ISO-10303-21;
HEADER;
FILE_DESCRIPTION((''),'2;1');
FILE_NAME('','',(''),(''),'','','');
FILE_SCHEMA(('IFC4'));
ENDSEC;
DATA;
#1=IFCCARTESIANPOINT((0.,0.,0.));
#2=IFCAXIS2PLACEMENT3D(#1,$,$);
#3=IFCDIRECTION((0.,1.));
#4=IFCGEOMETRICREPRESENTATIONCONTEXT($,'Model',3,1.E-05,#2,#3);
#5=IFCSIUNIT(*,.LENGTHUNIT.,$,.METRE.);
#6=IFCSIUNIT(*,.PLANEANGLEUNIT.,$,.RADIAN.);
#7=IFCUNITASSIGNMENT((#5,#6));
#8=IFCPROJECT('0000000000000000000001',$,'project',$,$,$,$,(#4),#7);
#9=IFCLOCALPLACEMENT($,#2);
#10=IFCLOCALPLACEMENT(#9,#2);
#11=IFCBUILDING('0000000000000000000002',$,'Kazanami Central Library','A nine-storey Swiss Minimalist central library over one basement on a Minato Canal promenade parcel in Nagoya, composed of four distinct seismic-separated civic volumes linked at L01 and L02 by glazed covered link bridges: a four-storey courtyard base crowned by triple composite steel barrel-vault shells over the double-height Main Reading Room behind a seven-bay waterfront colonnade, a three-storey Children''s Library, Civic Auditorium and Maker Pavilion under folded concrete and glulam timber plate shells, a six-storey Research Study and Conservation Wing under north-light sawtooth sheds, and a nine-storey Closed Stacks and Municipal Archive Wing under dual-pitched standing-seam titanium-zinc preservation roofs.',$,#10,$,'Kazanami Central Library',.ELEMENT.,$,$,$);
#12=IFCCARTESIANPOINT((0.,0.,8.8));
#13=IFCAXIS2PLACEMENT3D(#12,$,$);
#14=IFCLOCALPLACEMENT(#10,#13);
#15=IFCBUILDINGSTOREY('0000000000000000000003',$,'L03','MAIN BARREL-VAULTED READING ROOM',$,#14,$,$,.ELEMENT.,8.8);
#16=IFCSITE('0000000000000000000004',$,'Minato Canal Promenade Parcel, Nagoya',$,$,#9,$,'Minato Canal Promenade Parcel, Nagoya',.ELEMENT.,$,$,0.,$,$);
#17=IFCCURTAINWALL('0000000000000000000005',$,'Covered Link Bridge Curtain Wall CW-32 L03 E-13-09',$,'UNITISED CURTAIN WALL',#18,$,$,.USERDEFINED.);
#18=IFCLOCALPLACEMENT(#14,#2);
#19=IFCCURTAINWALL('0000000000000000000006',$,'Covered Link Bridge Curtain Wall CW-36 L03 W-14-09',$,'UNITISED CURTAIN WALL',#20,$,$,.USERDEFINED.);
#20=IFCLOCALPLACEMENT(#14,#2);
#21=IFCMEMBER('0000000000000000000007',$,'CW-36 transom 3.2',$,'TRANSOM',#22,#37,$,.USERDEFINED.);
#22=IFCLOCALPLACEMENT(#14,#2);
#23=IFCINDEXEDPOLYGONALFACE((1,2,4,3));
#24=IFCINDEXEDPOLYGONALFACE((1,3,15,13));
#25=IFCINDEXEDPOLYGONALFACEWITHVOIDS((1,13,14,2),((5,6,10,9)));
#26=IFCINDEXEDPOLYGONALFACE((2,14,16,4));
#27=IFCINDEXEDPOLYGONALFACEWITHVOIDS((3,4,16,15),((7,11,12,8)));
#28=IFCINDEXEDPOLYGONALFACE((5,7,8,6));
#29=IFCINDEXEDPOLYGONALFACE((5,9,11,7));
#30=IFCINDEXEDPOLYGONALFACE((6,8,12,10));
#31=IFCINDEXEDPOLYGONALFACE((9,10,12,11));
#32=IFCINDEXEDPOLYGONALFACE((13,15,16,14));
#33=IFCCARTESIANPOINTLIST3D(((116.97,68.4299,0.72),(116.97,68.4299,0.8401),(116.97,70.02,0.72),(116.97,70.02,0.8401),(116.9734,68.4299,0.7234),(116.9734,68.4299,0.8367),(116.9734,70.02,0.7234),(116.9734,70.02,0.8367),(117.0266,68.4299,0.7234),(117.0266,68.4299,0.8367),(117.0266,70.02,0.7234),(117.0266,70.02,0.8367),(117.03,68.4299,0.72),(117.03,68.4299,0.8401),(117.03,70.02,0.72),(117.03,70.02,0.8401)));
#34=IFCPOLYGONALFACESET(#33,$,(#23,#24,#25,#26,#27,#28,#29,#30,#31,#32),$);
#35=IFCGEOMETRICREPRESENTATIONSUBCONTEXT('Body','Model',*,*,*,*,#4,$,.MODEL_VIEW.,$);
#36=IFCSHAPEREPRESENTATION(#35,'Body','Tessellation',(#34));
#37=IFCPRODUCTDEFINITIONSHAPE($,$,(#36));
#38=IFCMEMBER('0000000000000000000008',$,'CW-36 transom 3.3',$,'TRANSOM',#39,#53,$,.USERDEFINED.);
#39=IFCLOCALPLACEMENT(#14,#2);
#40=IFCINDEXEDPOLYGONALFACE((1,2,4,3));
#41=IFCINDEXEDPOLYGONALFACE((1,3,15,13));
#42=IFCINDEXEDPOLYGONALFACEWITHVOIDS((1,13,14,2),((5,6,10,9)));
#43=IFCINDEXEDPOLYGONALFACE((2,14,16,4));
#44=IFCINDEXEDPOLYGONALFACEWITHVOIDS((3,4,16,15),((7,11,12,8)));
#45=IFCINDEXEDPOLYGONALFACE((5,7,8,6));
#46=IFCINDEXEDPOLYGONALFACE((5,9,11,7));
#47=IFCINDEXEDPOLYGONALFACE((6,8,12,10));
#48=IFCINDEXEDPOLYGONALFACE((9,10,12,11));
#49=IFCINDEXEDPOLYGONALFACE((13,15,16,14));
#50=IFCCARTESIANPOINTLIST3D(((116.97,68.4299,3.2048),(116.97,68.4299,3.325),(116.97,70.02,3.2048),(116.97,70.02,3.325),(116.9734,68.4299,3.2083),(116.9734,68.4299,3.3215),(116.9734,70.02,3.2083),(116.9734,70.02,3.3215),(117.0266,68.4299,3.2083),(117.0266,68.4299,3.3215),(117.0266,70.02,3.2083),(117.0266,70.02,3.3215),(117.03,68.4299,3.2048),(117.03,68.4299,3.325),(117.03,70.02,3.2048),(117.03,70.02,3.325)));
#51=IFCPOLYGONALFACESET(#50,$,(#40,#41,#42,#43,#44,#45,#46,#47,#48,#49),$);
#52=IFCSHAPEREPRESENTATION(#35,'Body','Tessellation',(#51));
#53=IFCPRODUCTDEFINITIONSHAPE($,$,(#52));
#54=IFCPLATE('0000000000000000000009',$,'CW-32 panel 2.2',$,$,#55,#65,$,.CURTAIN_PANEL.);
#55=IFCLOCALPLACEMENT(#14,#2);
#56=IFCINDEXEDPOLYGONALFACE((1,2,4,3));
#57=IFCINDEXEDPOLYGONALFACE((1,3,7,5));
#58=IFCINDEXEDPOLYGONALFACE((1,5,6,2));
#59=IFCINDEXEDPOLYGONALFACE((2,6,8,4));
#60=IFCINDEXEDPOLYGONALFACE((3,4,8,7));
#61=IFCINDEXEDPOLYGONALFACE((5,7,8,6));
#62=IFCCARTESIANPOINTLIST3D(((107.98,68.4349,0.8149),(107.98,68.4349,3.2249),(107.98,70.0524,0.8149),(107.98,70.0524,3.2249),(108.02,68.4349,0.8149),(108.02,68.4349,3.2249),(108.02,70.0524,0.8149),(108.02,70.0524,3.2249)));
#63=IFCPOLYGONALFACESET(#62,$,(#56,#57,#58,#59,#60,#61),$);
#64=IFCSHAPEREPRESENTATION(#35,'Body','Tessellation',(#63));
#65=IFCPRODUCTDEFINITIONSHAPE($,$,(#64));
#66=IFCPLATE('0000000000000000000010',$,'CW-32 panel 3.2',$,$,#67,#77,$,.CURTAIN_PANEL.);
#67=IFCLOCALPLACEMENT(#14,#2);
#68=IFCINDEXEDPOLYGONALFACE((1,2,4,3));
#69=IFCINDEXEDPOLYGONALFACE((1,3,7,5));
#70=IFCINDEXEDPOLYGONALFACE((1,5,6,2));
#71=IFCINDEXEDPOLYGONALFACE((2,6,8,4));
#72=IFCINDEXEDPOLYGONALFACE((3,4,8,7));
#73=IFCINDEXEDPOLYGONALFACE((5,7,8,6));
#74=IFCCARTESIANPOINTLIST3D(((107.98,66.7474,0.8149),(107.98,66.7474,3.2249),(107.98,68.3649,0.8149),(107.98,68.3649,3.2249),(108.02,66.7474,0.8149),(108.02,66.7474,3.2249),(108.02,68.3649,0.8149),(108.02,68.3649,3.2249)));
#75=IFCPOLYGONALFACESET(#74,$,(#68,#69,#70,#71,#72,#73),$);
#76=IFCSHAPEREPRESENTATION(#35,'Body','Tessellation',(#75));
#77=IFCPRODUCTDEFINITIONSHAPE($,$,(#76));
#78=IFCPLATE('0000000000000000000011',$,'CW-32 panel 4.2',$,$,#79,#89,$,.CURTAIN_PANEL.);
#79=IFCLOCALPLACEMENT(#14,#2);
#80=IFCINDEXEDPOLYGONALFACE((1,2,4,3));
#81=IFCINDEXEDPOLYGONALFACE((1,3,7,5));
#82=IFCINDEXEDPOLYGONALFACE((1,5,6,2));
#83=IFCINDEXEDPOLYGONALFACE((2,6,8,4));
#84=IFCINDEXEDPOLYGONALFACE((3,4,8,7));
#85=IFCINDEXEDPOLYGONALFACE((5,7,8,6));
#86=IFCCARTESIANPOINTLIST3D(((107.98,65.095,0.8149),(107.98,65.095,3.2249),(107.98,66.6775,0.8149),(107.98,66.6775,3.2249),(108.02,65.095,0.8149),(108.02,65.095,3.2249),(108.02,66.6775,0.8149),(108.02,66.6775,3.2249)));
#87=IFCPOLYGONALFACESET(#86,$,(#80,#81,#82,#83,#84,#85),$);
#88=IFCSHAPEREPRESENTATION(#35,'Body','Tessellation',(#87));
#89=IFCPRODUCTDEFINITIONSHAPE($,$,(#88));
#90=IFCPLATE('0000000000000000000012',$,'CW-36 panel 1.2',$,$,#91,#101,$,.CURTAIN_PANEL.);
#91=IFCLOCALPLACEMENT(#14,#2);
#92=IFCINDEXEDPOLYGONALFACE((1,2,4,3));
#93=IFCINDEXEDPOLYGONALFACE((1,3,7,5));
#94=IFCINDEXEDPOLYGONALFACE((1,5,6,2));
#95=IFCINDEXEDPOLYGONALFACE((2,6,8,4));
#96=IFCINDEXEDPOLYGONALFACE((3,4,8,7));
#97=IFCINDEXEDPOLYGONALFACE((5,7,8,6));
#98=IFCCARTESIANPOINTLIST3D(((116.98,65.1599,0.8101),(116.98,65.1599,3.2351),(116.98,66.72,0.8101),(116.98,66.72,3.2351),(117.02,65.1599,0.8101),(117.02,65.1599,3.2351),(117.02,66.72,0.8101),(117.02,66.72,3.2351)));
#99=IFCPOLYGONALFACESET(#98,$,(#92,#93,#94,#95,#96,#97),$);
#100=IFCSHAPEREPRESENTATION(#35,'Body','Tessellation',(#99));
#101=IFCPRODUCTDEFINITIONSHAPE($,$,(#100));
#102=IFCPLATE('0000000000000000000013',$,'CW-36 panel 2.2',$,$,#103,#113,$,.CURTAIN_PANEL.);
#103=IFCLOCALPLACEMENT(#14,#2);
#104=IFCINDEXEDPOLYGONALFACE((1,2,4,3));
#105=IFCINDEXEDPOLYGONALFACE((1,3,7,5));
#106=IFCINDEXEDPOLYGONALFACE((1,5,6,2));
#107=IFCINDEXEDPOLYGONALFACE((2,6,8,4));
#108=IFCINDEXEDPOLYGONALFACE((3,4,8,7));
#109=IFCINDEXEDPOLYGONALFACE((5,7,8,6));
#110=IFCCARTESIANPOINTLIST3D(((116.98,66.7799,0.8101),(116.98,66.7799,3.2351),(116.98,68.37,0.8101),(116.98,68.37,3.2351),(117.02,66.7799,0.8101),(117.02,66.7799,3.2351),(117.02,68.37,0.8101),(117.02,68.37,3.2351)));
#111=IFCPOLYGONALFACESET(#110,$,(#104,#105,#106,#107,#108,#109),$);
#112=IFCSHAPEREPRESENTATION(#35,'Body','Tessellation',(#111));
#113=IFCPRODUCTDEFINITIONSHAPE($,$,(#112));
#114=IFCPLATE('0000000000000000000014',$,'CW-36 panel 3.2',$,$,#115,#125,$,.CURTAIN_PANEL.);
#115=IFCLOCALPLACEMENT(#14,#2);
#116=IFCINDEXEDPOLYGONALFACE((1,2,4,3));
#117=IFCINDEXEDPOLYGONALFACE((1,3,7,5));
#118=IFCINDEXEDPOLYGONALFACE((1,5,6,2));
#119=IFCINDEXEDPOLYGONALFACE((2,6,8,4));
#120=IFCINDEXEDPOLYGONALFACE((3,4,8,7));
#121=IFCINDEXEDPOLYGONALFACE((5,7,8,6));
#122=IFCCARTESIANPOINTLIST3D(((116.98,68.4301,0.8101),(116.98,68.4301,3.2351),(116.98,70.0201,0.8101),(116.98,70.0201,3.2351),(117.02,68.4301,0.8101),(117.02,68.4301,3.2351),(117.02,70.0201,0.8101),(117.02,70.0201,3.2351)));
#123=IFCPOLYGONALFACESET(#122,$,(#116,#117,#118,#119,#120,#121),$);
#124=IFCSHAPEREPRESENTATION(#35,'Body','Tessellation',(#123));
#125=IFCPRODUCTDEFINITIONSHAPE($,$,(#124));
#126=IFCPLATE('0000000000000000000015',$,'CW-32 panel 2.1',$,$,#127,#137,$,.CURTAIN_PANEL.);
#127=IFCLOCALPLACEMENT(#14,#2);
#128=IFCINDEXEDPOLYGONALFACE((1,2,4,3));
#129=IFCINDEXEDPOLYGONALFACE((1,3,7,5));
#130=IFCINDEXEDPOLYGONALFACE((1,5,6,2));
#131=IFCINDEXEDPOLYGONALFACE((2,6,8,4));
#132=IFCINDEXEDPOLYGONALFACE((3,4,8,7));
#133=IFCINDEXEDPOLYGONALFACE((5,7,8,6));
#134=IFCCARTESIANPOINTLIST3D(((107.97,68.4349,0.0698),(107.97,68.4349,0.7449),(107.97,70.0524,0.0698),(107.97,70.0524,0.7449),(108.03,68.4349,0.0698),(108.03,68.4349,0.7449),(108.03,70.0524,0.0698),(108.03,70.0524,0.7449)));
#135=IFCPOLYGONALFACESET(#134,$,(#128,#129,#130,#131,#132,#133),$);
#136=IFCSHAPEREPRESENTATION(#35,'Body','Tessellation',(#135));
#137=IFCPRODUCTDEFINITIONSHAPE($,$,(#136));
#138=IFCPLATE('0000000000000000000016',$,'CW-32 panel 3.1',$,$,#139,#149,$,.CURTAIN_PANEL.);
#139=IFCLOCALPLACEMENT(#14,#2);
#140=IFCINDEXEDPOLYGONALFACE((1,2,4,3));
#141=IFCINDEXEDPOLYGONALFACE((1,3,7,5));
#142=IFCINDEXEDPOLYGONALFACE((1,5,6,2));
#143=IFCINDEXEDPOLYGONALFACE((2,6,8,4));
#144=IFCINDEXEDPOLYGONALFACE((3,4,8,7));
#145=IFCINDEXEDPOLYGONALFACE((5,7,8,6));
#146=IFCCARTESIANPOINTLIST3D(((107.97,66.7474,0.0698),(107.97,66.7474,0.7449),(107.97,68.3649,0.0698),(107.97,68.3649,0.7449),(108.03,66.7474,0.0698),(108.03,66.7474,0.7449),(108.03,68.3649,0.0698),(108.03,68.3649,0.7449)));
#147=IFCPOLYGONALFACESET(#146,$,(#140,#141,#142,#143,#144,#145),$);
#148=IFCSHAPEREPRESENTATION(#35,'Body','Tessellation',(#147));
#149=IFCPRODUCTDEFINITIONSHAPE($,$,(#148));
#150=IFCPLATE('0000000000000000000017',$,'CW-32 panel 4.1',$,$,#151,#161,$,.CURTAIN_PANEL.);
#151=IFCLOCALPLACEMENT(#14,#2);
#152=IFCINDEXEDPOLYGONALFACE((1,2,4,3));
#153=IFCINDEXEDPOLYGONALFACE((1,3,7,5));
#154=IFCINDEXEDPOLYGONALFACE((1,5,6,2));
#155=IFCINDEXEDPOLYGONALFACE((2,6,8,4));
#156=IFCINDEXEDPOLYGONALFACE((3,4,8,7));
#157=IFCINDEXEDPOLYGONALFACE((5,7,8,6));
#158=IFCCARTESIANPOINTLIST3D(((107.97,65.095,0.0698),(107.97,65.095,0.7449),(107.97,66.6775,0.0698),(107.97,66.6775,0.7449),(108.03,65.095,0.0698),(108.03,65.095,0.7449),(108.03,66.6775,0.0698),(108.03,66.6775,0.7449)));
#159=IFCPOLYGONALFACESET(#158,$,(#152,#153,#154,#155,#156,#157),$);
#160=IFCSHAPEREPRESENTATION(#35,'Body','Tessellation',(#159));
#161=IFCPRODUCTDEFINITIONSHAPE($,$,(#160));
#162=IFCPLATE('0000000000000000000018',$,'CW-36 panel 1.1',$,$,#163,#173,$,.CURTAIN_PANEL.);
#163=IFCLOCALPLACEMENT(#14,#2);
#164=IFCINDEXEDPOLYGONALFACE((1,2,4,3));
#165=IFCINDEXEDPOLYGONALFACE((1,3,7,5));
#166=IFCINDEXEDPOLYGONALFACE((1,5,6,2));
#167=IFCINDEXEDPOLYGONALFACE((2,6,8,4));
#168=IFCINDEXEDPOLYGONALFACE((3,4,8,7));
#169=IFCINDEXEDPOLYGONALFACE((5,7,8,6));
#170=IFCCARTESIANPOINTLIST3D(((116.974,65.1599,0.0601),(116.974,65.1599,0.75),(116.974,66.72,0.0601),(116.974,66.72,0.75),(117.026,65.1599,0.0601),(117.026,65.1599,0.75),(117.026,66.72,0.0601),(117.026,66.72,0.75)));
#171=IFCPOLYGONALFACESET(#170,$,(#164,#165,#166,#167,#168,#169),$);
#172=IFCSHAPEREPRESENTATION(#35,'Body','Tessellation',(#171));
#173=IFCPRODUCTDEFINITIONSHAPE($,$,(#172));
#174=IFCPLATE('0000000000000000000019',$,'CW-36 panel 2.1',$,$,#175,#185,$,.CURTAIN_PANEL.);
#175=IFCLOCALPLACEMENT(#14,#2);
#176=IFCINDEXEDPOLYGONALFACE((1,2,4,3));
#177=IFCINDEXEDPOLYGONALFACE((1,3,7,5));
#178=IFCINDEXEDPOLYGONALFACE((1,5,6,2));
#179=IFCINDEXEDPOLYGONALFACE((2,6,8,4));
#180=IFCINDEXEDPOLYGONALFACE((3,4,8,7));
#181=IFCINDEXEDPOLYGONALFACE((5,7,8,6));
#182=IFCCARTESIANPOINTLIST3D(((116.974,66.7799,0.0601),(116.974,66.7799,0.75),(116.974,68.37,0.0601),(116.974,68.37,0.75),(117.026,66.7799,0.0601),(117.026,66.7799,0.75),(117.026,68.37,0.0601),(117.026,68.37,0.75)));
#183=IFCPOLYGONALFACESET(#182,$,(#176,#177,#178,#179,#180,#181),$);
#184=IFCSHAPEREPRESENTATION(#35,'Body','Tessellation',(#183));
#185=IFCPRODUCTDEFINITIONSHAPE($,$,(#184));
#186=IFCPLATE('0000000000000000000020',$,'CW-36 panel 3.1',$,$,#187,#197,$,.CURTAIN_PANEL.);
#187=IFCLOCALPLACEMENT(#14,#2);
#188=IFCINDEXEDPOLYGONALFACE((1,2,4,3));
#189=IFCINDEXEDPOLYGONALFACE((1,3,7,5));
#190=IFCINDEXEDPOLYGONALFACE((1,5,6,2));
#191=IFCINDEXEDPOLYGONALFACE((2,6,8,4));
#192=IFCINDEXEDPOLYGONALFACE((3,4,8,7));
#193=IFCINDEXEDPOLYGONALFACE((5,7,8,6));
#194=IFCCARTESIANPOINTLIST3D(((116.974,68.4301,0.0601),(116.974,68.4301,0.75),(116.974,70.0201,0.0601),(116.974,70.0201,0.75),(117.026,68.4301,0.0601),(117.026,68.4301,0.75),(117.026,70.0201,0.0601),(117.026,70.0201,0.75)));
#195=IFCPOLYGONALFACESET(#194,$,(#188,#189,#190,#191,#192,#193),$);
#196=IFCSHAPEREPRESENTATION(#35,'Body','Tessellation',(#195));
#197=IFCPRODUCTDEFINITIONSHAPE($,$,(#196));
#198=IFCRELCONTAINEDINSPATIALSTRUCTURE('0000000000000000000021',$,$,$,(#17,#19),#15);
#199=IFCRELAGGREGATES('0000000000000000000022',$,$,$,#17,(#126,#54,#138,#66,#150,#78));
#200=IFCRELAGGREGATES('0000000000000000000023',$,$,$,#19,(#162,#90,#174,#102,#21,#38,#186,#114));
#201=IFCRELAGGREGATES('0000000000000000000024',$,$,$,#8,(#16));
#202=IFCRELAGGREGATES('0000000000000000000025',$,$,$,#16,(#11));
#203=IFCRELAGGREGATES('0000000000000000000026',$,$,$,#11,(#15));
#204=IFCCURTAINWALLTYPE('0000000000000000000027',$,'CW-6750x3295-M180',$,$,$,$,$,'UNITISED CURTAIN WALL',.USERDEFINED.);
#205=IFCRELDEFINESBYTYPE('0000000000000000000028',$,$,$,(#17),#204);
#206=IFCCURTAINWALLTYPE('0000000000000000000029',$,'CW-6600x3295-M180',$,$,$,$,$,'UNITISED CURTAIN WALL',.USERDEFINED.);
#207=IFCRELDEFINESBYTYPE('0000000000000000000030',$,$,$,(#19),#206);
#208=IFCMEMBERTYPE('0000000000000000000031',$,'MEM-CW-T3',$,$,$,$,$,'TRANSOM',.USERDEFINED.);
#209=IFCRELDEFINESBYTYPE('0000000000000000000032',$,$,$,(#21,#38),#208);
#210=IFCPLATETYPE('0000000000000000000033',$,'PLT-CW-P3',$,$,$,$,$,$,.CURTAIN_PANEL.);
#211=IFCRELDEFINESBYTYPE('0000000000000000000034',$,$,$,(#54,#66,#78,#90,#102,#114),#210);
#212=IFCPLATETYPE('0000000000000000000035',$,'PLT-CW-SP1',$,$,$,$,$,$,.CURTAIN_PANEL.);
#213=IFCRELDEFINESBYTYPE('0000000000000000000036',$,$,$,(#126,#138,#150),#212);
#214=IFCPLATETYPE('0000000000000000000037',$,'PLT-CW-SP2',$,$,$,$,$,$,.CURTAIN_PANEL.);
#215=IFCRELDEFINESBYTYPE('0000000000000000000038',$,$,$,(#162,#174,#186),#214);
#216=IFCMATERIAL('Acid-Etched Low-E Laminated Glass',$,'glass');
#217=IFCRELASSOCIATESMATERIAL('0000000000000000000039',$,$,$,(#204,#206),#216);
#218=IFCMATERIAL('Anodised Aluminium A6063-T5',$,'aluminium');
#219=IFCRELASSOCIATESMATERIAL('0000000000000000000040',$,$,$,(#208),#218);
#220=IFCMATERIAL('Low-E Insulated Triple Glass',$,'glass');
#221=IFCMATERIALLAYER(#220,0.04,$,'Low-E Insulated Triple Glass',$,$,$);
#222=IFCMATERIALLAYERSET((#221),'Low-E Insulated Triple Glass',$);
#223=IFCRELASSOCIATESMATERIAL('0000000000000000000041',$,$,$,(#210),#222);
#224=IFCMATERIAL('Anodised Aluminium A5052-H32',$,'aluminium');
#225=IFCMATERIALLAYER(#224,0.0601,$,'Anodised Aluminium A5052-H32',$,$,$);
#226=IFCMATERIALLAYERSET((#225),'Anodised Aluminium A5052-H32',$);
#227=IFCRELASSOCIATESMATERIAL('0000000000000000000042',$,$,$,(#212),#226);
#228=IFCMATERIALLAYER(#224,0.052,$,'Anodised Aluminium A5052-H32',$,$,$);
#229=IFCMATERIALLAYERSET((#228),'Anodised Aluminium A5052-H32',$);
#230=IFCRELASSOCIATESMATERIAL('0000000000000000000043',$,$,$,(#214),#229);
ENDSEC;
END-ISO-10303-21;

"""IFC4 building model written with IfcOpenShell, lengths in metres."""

from ifc_helpers import new_model, si_unit, direction, frame, origin, origin_2d, place, context, subcontext, project, spatial, rectangle, hollow_rectangle, extrude, material, layer, layer_set, material_profile, profile_set, type_object, element, aggregate, save


model = new_model("IFC4")

# Units and contexts
model_context = context("Model", 3, precision=1e-05, world=origin(), true_north=direction((0.0, 1.0)))
body_context = subcontext(model_context, "Body", "Model", "MODEL_VIEW")
ifc_project = project(units=[si_unit("LENGTHUNIT", "METRE"), si_unit("PLANEANGLEUNIT", "RADIAN")], contexts=[model_context])

# Site, building, storey
site_placement = place(None, origin())
site = spatial("IfcSite", under=ifc_project, at=site_placement, Name="Minato Canal Promenade Parcel, Nagoya", LongName="Minato Canal Promenade Parcel, Nagoya", CompositionType="ELEMENT", RefElevation=0.0)
building_placement = place(site_placement, origin())
building = spatial("IfcBuilding", under=site, at=building_placement, Name="Kazanami Central Library", Description="A nine-storey Swiss Minimalist central library over one basement on a Minato Canal promenade parcel in Nagoya, composed of four distinct seismic-separated civic volumes linked at L01 and L02 by glazed covered link bridges: a four-storey courtyard base crowned by triple composite steel barrel-vault shells over the double-height Main Reading Room behind a seven-bay waterfront colonnade, a three-storey Children's Library, Civic Auditorium and Maker Pavilion under folded concrete and glulam timber plate shells, a six-storey Research Study and Conservation Wing under north-light sawtooth sheds, and a nine-storey Closed Stacks and Municipal Archive Wing under dual-pitched standing-seam titanium-zinc preservation roofs.", LongName="Kazanami Central Library", CompositionType="ELEMENT")
storey_placement = place(building_placement, frame((0.0, 0.0, 8.8)))
storey = spatial("IfcBuildingStorey", under=building, at=storey_placement, Name="L03", Description="MAIN BARREL-VAULTED READING ROOM", CompositionType="ELEMENT", Elevation=8.8)

# Curtain walls
ifc_material_1 = material(Name="Acid-Etched Low-E Laminated Glass", Category="glass")
curtain_wall_type_1 = type_object("IfcCurtainWallType", Name="CW-6750x3295-M180", ElementType="UNITISED CURTAIN WALL", PredefinedType="USERDEFINED", material=ifc_material_1)
curtain_wall_1_placement = place(storey_placement, origin())
curtain_wall_1 = element("IfcCurtainWall", 1, at=curtain_wall_1_placement, inside=storey, type_object=curtain_wall_type_1, Name="Covered Link Bridge Curtain Wall CW-32 L03 E-13-09", ObjectType="UNITISED CURTAIN WALL", PredefinedType="USERDEFINED")
ifc_material_2 = material(Name="Anodised Aluminium A6063-T5", Category="aluminium")
curtain_wall_type_2 = type_object("IfcCurtainWallType", Name="CW-6600x3295-M180", ElementType="UNITISED CURTAIN WALL", PredefinedType="USERDEFINED", material=ifc_material_1)
curtain_wall_2_placement = place(storey_placement, origin())
curtain_wall_2 = element("IfcCurtainWall", 2, at=curtain_wall_2_placement, inside=storey, type_object=curtain_wall_type_2, Name="Covered Link Bridge Curtain Wall CW-36 L03 W-14-09", ObjectType="UNITISED CURTAIN WALL", PredefinedType="USERDEFINED")

# Members
ifc_material_profile_1 = material_profile(ifc_material_2, hollow_rectangle(XDim=0.0601, YDim=0.1201, WallThickness=0.0034, at=origin_2d()), Name="ALU-TRAN-60x120x3.5")
ifc_profile_set_1 = profile_set([ifc_material_profile_1], Name="Anodised Aluminium A6063-T5")
member_type_1 = type_object("IfcMemberType", Name="MEM-CW-T3", ElementType="TRANSOM", PredefinedType="USERDEFINED", material=ifc_profile_set_1)
member_1_placement = place(storey_placement, frame((117.0, 68.4299, 0.78), z_axis=(0.0, 1.0, 0.0), x_axis=(-1.0, 0.0, 0.0)))
member_1 = element("IfcMember", 3, at=member_1_placement, type_object=member_type_1, Name="CW-36 transom 3.2", ObjectType="TRANSOM", PredefinedType="USERDEFINED", context=body_context, shape_type="SweptSolid", body=[
    extrude(hollow_rectangle(XDim=0.0601, YDim=0.1201, WallThickness=0.0034, at=origin_2d()), origin(), (0.0, 0.0, 1.0), 1.5901),
])
member_2_placement = place(storey_placement, frame((117.0, 68.4299, 3.2649), z_axis=(0.0, 1.0, 0.0), x_axis=(-1.0, 0.0, 0.0)))
member_2 = element("IfcMember", 4, at=member_2_placement, type_object=member_type_1, Name="CW-36 transom 3.3", ObjectType="TRANSOM", PredefinedType="USERDEFINED", context=body_context, shape_type="SweptSolid", body=[
    extrude(hollow_rectangle(XDim=0.0601, YDim=0.1201, WallThickness=0.0034, at=origin_2d()), origin(), (0.0, 0.0, 1.0), 1.5901),
])

# Plates
ifc_material_3 = material(Name="Low-E Insulated Triple Glass", Category="glass")
ifc_layer_1 = layer(ifc_material_3, 0.04, Name="Low-E Insulated Triple Glass")
ifc_layer_set_1 = layer_set([ifc_layer_1], Name="Low-E Insulated Triple Glass")
plate_type_1 = type_object("IfcPlateType", Name="PLT-CW-P3", PredefinedType="CURTAIN_PANEL", material=ifc_layer_set_1)
plate_1_placement = place(storey_placement, frame((108.0, 69.2437, 0.8149), z_axis=(0.0, 0.0, 1.0), x_axis=(0.0, -1.0, 0.0)))
plate_1 = element("IfcPlate", 5, at=plate_1_placement, type_object=plate_type_1, Name="CW-32 panel 2.2", PredefinedType="CURTAIN_PANEL", context=body_context, shape_type="SweptSolid", body=[
    extrude(rectangle(XDim=1.6174, YDim=0.04, at=origin_2d()), origin(), (0.0, 0.0, 1.0), 2.4099),
])
plate_2_placement = place(storey_placement, frame((108.0, 67.5562, 0.8149), z_axis=(0.0, 0.0, 1.0), x_axis=(0.0, -1.0, 0.0)))
plate_2 = element("IfcPlate", 6, at=plate_2_placement, type_object=plate_type_1, Name="CW-32 panel 3.2", PredefinedType="CURTAIN_PANEL", context=body_context, shape_type="SweptSolid", body=[
    extrude(rectangle(XDim=1.6174, YDim=0.04, at=origin_2d()), origin(), (0.0, 0.0, 1.0), 2.4099),
])
plate_3_placement = place(storey_placement, frame((108.0, 65.8862, 0.8149), z_axis=(0.0, 0.0, 1.0), x_axis=(0.0, -1.0, 0.0)))
plate_3 = element("IfcPlate", 7, at=plate_3_placement, type_object=plate_type_1, Name="CW-32 panel 4.2", PredefinedType="CURTAIN_PANEL", context=body_context, shape_type="SweptSolid", body=[
    extrude(rectangle(XDim=1.5825, YDim=0.04, at=origin_2d()), origin(), (0.0, 0.0, 1.0), 2.4099),
])
plate_4_placement = place(storey_placement, frame((117.0, 65.9399, 0.8101), z_axis=(0.0, 0.0, 1.0), x_axis=(0.0, 1.0, 0.0)))
plate_4 = element("IfcPlate", 8, at=plate_4_placement, type_object=plate_type_1, Name="CW-36 panel 1.2", PredefinedType="CURTAIN_PANEL", context=body_context, shape_type="SweptSolid", body=[
    extrude(rectangle(XDim=1.5601, YDim=0.04, at=origin_2d()), origin(), (0.0, 0.0, 1.0), 2.425),
])
plate_5_placement = place(storey_placement, frame((117.0, 67.575, 0.8101), z_axis=(0.0, 0.0, 1.0), x_axis=(0.0, 1.0, 0.0)))
plate_5 = element("IfcPlate", 9, at=plate_5_placement, type_object=plate_type_1, Name="CW-36 panel 2.2", PredefinedType="CURTAIN_PANEL", context=body_context, shape_type="SweptSolid", body=[
    extrude(rectangle(XDim=1.5901, YDim=0.04, at=origin_2d()), origin(), (0.0, 0.0, 1.0), 2.425),
])
plate_6_placement = place(storey_placement, frame((117.0, 69.2251, 0.8101), z_axis=(0.0, 0.0, 1.0), x_axis=(0.0, 1.0, 0.0)))
plate_6 = element("IfcPlate", 10, at=plate_6_placement, type_object=plate_type_1, Name="CW-36 panel 3.2", PredefinedType="CURTAIN_PANEL", context=body_context, shape_type="SweptSolid", body=[
    extrude(rectangle(XDim=1.5901, YDim=0.04, at=origin_2d()), origin(), (0.0, 0.0, 1.0), 2.425),
])
ifc_material_4 = material(Name="Anodised Aluminium A5052-H32", Category="aluminium")
ifc_layer_2 = layer(ifc_material_4, 0.0601, Name="Anodised Aluminium A5052-H32")
ifc_layer_set_2 = layer_set([ifc_layer_2], Name="Anodised Aluminium A5052-H32")
plate_type_2 = type_object("IfcPlateType", Name="PLT-CW-SP1", PredefinedType="CURTAIN_PANEL", material=ifc_layer_set_2)
plate_7_placement = place(storey_placement, frame((108.0, 69.2437, 0.0698), z_axis=(0.0, 0.0, 1.0), x_axis=(0.0, -1.0, 0.0)))
plate_7 = element("IfcPlate", 11, at=plate_7_placement, type_object=plate_type_2, Name="CW-32 panel 2.1", PredefinedType="CURTAIN_PANEL", context=body_context, shape_type="SweptSolid", body=[
    extrude(rectangle(XDim=1.6174, YDim=0.0601, at=origin_2d()), origin(), (0.0, 0.0, 1.0), 0.675),
])
plate_8_placement = place(storey_placement, frame((108.0, 67.5562, 0.0698), z_axis=(0.0, 0.0, 1.0), x_axis=(0.0, -1.0, 0.0)))
plate_8 = element("IfcPlate", 12, at=plate_8_placement, type_object=plate_type_2, Name="CW-32 panel 3.1", PredefinedType="CURTAIN_PANEL", context=body_context, shape_type="SweptSolid", body=[
    extrude(rectangle(XDim=1.6174, YDim=0.0601, at=origin_2d()), origin(), (0.0, 0.0, 1.0), 0.675),
])
plate_9_placement = place(storey_placement, frame((108.0, 65.8862, 0.0698), z_axis=(0.0, 0.0, 1.0), x_axis=(0.0, -1.0, 0.0)))
plate_9 = element("IfcPlate", 13, at=plate_9_placement, type_object=plate_type_2, Name="CW-32 panel 4.1", PredefinedType="CURTAIN_PANEL", context=body_context, shape_type="SweptSolid", body=[
    extrude(rectangle(XDim=1.5825, YDim=0.0601, at=origin_2d()), origin(), (0.0, 0.0, 1.0), 0.675),
])
aggregate(curtain_wall_1, [plate_7, plate_1, plate_8, plate_2, plate_9, plate_3])
ifc_layer_3 = layer(ifc_material_4, 0.052, Name="Anodised Aluminium A5052-H32")
ifc_layer_set_3 = layer_set([ifc_layer_3], Name="Anodised Aluminium A5052-H32")
plate_type_3 = type_object("IfcPlateType", Name="PLT-CW-SP2", PredefinedType="CURTAIN_PANEL", material=ifc_layer_set_3)
plate_10_placement = place(storey_placement, frame((117.0, 65.9399, 0.0601), z_axis=(0.0, 0.0, 1.0), x_axis=(0.0, 1.0, 0.0)))
plate_10 = element("IfcPlate", 14, at=plate_10_placement, type_object=plate_type_3, Name="CW-36 panel 1.1", PredefinedType="CURTAIN_PANEL", context=body_context, shape_type="SweptSolid", body=[
    extrude(rectangle(XDim=1.5601, YDim=0.052, at=origin_2d()), origin(), (0.0, 0.0, 1.0), 0.6899),
])
plate_11_placement = place(storey_placement, frame((117.0, 67.575, 0.0601), z_axis=(0.0, 0.0, 1.0), x_axis=(0.0, 1.0, 0.0)))
plate_11 = element("IfcPlate", 15, at=plate_11_placement, type_object=plate_type_3, Name="CW-36 panel 2.1", PredefinedType="CURTAIN_PANEL", context=body_context, shape_type="SweptSolid", body=[
    extrude(rectangle(XDim=1.5901, YDim=0.052, at=origin_2d()), origin(), (0.0, 0.0, 1.0), 0.6899),
])
plate_12_placement = place(storey_placement, frame((117.0, 69.2251, 0.0601), z_axis=(0.0, 0.0, 1.0), x_axis=(0.0, 1.0, 0.0)))
plate_12 = element("IfcPlate", 16, at=plate_12_placement, type_object=plate_type_3, Name="CW-36 panel 3.1", PredefinedType="CURTAIN_PANEL", context=body_context, shape_type="SweptSolid", body=[
    extrude(rectangle(XDim=1.5901, YDim=0.052, at=origin_2d()), origin(), (0.0, 0.0, 1.0), 0.6899),
])
aggregate(curtain_wall_2, [plate_10, plate_4, plate_11, plate_5, member_1, member_2, plate_12, plate_6])

save(model, "model.ifc")
